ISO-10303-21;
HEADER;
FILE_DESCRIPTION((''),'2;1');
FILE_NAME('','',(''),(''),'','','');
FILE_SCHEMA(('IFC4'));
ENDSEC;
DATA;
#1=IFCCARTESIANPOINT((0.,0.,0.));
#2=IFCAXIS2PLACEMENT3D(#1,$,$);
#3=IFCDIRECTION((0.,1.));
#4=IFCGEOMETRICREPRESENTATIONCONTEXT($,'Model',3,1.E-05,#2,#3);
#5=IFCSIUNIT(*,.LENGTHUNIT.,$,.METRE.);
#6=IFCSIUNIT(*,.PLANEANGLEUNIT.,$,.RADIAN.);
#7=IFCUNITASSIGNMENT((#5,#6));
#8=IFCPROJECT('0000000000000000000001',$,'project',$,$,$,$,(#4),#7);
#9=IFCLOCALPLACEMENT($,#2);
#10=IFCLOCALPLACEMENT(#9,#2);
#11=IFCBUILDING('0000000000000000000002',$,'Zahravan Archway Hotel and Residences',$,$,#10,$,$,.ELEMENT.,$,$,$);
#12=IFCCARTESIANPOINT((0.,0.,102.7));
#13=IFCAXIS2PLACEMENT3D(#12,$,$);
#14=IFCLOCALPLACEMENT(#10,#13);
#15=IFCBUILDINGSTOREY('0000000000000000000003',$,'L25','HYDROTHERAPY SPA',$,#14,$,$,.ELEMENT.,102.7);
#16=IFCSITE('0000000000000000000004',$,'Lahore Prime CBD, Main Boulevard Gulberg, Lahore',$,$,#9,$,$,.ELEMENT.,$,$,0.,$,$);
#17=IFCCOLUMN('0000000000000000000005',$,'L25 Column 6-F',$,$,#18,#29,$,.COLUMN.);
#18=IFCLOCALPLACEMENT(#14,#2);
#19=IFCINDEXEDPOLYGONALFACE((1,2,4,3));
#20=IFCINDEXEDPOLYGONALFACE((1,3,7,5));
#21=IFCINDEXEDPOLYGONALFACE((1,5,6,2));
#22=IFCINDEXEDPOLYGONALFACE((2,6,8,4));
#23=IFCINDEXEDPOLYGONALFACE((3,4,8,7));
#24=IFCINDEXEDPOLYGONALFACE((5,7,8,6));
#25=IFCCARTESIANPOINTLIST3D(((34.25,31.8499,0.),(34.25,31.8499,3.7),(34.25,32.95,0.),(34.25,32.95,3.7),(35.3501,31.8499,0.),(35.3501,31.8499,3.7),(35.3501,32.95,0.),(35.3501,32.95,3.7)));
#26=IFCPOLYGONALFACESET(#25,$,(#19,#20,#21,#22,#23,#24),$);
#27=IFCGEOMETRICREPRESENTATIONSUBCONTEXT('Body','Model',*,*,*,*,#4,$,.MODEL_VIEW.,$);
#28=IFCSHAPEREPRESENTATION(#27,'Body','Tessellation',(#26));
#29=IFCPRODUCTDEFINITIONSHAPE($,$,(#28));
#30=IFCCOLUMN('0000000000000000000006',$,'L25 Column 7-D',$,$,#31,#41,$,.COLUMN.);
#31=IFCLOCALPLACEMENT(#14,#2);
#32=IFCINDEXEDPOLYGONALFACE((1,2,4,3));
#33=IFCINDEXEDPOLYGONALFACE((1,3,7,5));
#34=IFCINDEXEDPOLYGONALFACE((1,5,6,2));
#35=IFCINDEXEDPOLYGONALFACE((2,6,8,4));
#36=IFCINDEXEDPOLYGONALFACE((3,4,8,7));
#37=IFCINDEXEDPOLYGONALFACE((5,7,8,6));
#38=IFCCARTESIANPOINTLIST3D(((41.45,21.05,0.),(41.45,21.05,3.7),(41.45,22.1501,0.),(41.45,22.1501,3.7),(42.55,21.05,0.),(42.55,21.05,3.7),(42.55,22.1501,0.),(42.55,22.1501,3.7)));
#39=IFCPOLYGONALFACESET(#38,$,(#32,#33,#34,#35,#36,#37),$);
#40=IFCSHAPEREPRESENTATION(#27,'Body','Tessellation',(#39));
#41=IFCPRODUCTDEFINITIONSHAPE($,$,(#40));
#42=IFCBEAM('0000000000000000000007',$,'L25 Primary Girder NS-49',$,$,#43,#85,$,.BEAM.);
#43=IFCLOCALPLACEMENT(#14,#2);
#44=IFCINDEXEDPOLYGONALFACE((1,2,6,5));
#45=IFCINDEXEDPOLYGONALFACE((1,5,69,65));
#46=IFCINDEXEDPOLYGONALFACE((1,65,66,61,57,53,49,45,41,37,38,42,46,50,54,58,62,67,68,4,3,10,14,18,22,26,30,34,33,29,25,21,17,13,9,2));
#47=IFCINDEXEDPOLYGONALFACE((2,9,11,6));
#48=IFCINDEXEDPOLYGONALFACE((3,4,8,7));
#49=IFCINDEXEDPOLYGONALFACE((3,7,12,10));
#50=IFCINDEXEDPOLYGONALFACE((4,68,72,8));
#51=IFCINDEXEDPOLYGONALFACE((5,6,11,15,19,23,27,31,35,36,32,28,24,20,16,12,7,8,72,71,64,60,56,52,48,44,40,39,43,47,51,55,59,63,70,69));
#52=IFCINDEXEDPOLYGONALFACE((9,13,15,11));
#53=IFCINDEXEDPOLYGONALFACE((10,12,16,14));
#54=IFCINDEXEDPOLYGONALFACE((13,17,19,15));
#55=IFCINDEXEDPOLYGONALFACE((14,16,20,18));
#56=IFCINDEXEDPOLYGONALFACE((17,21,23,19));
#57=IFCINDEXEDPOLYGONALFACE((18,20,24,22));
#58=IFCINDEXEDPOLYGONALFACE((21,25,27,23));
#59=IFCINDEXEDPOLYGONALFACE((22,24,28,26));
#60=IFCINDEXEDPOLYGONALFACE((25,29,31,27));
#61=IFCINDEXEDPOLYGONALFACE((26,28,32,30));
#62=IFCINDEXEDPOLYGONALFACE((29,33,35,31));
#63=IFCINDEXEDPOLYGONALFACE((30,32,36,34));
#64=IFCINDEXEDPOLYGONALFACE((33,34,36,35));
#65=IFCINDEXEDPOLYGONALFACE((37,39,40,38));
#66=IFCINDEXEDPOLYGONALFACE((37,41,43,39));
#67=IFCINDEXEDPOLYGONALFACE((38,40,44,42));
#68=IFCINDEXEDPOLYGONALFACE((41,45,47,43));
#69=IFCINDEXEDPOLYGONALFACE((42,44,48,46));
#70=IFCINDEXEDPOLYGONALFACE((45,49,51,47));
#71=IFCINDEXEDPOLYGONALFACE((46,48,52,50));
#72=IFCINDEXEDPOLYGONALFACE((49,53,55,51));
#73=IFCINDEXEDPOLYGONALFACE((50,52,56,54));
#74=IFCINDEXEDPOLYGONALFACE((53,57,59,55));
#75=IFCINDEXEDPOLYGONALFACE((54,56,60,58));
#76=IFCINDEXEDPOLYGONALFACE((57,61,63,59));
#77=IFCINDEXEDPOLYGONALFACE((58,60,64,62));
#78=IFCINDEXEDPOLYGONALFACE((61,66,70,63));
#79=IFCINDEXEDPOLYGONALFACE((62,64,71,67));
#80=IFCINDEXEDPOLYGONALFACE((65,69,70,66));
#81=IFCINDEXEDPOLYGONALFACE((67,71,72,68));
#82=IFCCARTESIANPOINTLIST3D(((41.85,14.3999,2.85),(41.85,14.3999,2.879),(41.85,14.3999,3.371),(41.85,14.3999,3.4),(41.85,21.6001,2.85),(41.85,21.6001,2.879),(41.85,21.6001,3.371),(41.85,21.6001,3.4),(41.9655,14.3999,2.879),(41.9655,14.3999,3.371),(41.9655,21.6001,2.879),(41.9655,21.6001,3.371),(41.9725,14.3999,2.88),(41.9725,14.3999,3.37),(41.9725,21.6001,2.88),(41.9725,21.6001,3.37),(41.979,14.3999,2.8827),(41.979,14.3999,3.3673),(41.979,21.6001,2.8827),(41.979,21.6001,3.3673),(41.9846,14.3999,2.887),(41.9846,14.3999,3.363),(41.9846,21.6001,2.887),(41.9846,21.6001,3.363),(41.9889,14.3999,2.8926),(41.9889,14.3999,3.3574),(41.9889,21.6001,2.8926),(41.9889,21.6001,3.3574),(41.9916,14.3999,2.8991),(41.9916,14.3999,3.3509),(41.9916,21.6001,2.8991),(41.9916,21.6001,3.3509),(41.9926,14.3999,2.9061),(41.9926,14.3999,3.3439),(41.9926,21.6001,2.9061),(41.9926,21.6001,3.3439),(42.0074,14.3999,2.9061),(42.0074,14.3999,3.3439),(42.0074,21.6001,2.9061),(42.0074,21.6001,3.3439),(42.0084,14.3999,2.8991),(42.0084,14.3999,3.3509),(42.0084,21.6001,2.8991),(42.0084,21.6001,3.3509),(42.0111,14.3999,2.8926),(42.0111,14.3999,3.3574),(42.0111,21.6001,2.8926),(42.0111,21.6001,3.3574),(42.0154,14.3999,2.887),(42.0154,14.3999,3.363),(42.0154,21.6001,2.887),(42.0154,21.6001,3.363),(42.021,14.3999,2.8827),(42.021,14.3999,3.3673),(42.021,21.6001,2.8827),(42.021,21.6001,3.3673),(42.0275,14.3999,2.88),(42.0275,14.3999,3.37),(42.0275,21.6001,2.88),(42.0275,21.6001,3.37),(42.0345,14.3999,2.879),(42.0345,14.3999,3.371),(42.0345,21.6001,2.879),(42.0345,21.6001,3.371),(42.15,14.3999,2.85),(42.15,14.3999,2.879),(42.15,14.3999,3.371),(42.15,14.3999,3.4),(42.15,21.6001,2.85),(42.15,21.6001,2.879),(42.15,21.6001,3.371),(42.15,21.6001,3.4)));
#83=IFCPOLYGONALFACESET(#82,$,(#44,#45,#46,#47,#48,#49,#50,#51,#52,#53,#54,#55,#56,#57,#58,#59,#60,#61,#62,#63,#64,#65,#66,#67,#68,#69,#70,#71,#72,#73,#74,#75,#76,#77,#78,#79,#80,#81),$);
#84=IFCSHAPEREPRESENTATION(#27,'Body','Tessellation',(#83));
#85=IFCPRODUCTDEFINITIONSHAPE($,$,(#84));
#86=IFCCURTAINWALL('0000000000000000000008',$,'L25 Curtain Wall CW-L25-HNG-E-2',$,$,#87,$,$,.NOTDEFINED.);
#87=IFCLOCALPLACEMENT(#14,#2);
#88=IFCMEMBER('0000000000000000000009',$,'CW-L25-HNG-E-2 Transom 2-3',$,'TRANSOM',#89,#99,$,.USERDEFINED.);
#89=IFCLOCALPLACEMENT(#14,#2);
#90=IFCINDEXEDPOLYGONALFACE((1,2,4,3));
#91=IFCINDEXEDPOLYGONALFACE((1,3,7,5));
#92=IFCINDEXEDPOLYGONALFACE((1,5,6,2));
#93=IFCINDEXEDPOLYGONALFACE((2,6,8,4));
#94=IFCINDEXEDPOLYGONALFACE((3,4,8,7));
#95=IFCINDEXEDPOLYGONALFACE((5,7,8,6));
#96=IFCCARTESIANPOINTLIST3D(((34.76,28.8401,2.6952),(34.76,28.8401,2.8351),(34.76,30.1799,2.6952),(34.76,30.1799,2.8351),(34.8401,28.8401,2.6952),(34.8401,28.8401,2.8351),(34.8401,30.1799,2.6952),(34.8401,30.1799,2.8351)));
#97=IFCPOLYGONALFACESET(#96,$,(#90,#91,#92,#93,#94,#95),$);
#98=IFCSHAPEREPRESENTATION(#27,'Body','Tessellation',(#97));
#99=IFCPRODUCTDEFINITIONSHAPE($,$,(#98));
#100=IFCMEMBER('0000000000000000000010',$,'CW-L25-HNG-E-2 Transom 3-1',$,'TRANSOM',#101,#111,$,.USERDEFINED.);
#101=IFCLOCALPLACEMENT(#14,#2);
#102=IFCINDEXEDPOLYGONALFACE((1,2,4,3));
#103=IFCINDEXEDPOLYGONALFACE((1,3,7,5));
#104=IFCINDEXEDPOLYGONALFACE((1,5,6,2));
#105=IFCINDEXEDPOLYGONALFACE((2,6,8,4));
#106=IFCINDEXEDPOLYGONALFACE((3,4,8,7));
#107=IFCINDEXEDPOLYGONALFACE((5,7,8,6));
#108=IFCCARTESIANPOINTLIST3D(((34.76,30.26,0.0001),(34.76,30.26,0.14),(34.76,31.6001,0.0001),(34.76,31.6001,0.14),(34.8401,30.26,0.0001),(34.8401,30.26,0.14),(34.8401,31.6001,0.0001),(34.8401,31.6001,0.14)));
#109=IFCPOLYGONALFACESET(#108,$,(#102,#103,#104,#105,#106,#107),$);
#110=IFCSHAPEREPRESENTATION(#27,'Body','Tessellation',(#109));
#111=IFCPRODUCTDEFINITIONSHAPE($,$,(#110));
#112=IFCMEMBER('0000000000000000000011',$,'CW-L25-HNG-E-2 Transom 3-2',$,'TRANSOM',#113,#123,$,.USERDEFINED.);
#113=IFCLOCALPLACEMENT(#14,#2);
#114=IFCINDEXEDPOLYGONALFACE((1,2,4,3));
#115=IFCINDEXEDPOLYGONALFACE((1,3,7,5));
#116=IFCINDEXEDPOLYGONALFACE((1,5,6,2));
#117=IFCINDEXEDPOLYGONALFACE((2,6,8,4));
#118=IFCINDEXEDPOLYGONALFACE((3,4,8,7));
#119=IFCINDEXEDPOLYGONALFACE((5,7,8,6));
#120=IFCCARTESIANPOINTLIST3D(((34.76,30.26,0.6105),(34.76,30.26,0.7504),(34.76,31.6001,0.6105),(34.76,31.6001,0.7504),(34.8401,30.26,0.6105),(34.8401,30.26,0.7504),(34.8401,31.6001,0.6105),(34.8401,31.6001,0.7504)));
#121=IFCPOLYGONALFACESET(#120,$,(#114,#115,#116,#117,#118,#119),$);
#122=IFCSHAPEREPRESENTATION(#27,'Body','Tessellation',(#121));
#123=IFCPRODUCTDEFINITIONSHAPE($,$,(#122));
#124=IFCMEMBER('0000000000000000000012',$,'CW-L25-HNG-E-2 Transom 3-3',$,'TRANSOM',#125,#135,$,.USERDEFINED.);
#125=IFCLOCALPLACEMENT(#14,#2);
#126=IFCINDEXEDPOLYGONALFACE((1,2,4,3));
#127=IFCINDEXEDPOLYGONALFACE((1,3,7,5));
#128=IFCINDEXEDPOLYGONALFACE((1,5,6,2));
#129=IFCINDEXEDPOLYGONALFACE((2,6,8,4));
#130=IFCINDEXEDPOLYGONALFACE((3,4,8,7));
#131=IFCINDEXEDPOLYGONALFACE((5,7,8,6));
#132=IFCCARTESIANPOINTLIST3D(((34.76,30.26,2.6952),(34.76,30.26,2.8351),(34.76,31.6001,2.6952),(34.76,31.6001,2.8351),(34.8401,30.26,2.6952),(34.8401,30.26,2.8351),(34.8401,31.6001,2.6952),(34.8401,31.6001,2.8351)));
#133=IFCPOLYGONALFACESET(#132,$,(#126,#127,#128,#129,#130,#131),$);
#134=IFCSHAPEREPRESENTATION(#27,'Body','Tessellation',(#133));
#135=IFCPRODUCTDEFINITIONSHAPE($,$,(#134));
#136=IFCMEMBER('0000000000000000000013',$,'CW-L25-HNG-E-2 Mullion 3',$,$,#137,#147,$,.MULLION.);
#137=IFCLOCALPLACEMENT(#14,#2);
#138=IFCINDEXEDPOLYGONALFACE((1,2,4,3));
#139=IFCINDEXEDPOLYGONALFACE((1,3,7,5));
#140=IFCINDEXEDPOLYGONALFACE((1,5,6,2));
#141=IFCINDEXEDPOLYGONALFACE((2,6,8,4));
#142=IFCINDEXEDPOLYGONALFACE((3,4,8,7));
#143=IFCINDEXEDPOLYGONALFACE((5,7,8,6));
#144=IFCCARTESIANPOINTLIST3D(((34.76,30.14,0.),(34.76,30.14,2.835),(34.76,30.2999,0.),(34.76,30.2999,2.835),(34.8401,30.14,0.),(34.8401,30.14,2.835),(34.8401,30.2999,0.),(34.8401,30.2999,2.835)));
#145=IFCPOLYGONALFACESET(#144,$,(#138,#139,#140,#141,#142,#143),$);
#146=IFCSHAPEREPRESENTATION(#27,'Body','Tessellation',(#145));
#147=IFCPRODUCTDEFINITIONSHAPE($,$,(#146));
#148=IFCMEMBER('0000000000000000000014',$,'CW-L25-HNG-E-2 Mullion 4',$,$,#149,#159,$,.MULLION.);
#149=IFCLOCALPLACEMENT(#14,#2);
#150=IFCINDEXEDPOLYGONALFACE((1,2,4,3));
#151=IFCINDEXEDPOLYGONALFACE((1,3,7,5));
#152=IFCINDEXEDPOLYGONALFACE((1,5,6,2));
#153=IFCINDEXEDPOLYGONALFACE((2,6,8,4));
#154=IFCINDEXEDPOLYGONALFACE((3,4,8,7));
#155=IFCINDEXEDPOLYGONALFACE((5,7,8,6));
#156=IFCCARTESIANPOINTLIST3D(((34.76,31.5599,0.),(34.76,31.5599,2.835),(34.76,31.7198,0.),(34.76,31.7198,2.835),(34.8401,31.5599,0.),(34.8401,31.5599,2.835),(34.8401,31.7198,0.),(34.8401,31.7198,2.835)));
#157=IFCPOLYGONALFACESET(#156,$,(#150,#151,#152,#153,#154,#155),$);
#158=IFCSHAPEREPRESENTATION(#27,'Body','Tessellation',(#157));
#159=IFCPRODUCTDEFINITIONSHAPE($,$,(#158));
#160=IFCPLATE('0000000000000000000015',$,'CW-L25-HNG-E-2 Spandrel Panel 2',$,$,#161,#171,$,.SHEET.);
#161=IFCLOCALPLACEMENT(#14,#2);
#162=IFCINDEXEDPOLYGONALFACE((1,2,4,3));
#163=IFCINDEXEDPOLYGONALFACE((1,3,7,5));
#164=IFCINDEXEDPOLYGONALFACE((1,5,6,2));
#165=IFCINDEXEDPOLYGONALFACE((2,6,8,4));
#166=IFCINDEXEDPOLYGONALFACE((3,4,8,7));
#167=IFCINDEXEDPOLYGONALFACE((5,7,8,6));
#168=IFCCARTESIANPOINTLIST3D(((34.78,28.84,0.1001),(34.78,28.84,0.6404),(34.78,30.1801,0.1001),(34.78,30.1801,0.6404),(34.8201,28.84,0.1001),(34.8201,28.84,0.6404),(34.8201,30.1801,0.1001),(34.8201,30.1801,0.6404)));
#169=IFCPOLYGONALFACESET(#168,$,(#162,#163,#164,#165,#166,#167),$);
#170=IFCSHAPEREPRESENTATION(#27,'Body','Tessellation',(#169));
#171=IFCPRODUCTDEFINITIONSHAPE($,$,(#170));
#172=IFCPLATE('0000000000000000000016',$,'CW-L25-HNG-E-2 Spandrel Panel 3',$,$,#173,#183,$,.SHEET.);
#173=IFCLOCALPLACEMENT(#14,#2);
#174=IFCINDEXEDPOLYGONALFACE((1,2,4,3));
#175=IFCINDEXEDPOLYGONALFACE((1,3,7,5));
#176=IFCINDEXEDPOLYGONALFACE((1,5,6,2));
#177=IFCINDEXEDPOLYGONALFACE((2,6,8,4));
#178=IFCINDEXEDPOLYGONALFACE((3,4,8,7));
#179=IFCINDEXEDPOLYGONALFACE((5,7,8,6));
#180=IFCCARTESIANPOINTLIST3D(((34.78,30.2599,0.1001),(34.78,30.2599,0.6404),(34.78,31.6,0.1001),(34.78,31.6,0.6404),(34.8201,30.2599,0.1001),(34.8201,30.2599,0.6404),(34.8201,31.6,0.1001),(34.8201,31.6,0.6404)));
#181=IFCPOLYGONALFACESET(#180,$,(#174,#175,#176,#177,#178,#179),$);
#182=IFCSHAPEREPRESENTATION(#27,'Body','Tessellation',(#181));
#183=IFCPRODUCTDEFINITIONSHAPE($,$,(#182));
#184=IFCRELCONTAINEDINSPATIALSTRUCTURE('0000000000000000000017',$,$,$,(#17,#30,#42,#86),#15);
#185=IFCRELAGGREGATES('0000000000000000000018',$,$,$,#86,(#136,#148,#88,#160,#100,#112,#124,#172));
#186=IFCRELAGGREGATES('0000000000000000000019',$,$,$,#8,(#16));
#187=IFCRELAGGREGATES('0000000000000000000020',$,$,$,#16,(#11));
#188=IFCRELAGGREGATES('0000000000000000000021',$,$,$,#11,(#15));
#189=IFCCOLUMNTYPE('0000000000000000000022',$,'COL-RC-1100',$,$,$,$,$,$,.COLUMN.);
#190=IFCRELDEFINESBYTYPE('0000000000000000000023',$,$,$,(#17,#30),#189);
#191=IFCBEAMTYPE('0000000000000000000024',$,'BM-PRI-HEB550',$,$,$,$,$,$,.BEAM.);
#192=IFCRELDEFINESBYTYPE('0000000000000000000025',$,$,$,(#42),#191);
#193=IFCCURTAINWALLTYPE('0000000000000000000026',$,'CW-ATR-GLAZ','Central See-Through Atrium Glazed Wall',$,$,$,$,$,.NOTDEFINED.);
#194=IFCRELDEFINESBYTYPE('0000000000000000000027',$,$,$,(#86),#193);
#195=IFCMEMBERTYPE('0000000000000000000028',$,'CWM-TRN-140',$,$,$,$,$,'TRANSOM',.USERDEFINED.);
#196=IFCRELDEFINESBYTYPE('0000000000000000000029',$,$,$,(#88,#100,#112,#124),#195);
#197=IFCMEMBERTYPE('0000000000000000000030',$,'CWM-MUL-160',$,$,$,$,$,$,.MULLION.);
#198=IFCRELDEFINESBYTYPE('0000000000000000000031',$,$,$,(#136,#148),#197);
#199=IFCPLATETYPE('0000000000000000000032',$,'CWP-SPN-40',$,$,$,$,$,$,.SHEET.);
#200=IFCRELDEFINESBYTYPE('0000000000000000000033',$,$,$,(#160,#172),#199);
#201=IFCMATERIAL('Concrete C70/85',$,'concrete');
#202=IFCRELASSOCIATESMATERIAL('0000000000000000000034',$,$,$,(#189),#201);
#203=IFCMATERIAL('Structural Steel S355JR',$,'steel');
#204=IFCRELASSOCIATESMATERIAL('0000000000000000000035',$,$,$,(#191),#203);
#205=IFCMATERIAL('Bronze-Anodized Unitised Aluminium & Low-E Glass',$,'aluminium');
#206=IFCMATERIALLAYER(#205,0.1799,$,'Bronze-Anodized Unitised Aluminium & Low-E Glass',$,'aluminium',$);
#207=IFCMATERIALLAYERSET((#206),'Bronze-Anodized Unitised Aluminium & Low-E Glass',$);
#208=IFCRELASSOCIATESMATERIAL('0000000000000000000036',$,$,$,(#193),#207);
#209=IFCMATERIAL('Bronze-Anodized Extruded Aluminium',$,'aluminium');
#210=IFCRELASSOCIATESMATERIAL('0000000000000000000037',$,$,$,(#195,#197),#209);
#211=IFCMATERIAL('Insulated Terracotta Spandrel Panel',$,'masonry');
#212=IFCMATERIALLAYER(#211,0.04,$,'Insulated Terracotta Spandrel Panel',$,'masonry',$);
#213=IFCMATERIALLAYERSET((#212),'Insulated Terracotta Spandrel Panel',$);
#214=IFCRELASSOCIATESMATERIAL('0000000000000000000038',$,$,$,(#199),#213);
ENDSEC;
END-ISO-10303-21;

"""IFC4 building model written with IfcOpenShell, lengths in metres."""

from ifc_helpers import new_model, si_unit, direction, frame, origin, origin_2d, place, context, subcontext, project, spatial, rectangle, i_section, extrude, source, transform, mapped, material, layer, layer_set, material_profile, profile_set, type_object, type_shapes, element, aggregate, save


model = new_model("IFC4")

# Units and contexts
model_context = context("Model", 3, precision=1e-05, world=origin(), true_north=direction((0.0, 1.0)))
body_context = subcontext(model_context, "Body", "Model", "MODEL_VIEW")
ifc_project = project(units=[si_unit("LENGTHUNIT", "METRE"), si_unit("PLANEANGLEUNIT", "RADIAN")], contexts=[model_context])

# Site, building, storey
site_placement = place(None, origin())
site = spatial("IfcSite", under=ifc_project, at=site_placement, Name="Lahore Prime CBD, Main Boulevard Gulberg, Lahore", CompositionType="ELEMENT", RefElevation=0.0)
building_placement = place(site_placement, origin())
building = spatial("IfcBuilding", under=site, at=building_placement, Name="Zahravan Archway Hotel and Residences", CompositionType="ELEMENT")
storey_placement = place(building_placement, frame((0.0, 0.0, 102.7)))
storey = spatial("IfcBuildingStorey", under=building, at=storey_placement, Name="L25", Description="HYDROTHERAPY SPA", CompositionType="ELEMENT", Elevation=102.7)

# Columns
ifc_material_1 = material(Name="Concrete C70/85", Category="concrete")
ifc_material_profile_1 = material_profile(ifc_material_1, rectangle(XDim=1.1001, YDim=1.1001, at=origin_2d()), Name="RC 1100x1100", Category="concrete")
ifc_profile_set_1 = profile_set([ifc_material_profile_1], Name="Concrete C70/85")
column_type = type_object("IfcColumnType", Name="COL-RC-1100", PredefinedType="COLUMN", material=ifc_profile_set_1)
shared_shape_1 = source(origin(), body_context, "Body", "SweptSolid", [
    extrude(rectangle(XDim=1.1001, YDim=1.1001, at=origin_2d()), origin(), (0.0, 0.0, 1.0), 3.7),
])
for number, where, z_axis, x_axis, name in (
    (1, (34.8, 32.3999, 0.0), (0.0, 0.0, 1.0), (1.0, 0.0, 0.0), "L25 Column 6-F"),
    (2, (42.0, 21.6001, 0.0), (0.0, 0.0, 1.0), (1.0, 0.0, 0.0), "L25 Column 7-D"),
):
    element("IfcColumn", number, at=place(storey_placement, frame(where, z_axis=z_axis, x_axis=x_axis)), inside=storey, type_object=column_type, Name=name, PredefinedType="COLUMN", context=body_context, shape_type="MappedRepresentation", body=[
        mapped(shared_shape_1, transform((0.0, 0.0, 0.0), scale=1.0)),
    ])

# Beam
ifc_material_2 = material(Name="Structural Steel S355JR", Category="steel")
ifc_material_profile_2 = material_profile(ifc_material_2, i_section(OverallWidth=0.3, OverallDepth=0.55, WebThickness=0.0149, FlangeThickness=0.0291, FilletRadius=0.0271, at=origin_2d()), Name="HEB 550", Category="steel")
ifc_profile_set_2 = profile_set([ifc_material_profile_2], Name="Structural Steel S355JR")
beam_type = type_object("IfcBeamType", Name="BM-PRI-HEB550", PredefinedType="BEAM", material=ifc_profile_set_2)
shared_shape_2 = source(origin(), body_context, "Body", "SweptSolid", [
    extrude(i_section(OverallWidth=0.3, OverallDepth=0.55, WebThickness=0.0149, FlangeThickness=0.0291, FilletRadius=0.0271, at=origin_2d()), origin(), (0.0, 0.0, 1.0), 7.2002),
])
type_shapes(beam_type, [shared_shape_2])
beam_placement = place(storey_placement, frame((42.0, 14.3999, 3.125), z_axis=(0.0, 1.0, 0.0), x_axis=(-1.0, 0.0, 0.0)))
element("IfcBeam", 3, at=beam_placement, inside=storey, type_object=beam_type, Name="L25 Primary Girder NS-49", PredefinedType="BEAM", context=body_context, shape_type="MappedRepresentation", body=[
    mapped(shared_shape_2, transform((0.0, 0.0, 0.0), scale=1.0)),
])

# Curtain wall, members, plates
ifc_material_3 = material(Name="Bronze-Anodized Unitised Aluminium & Low-E Glass", Category="aluminium")
ifc_layer_1 = layer(ifc_material_3, 0.1799, Name="Bronze-Anodized Unitised Aluminium & Low-E Glass", Category="aluminium")
ifc_layer_set_1 = layer_set([ifc_layer_1], Name="Bronze-Anodized Unitised Aluminium & Low-E Glass")
curtain_wall_type = type_object("IfcCurtainWallType", Name="CW-ATR-GLAZ", Description="Central See-Through Atrium Glazed Wall", PredefinedType="NOTDEFINED", material=ifc_layer_set_1)
curtain_wall_placement = place(storey_placement, origin())
curtain_wall = element("IfcCurtainWall", 4, at=curtain_wall_placement, inside=storey, type_object=curtain_wall_type, Name="L25 Curtain Wall CW-L25-HNG-E-2", PredefinedType="NOTDEFINED")
ifc_material_4 = material(Name="Bronze-Anodized Extruded Aluminium", Category="aluminium")
ifc_material_profile_3 = material_profile(ifc_material_4, rectangle(XDim=0.0801, YDim=0.1399, at=origin_2d()), Name="TRN 80x140", Category="aluminium")
ifc_profile_set_3 = profile_set([ifc_material_profile_3], Name="Bronze-Anodized Extruded Aluminium")
member_type_1 = type_object("IfcMemberType", Name="CWM-TRN-140", ElementType="TRANSOM", PredefinedType="USERDEFINED", material=ifc_profile_set_3)
shared_shape_3 = source(origin(), body_context, "Body", "SweptSolid", [
    extrude(rectangle(XDim=0.0801, YDim=0.1399, at=origin_2d()), origin(), (0.0, 0.0, 1.0), 1.3398),
])
member_1_placement = place(storey_placement, frame((34.8, 28.8401, 2.7651), z_axis=(0.0, 1.0, 0.0), x_axis=(-1.0, 0.0, 0.0)))
member_1 = element("IfcMember", 5, at=member_1_placement, type_object=member_type_1, Name="CW-L25-HNG-E-2 Transom 2-3", ObjectType="TRANSOM", PredefinedType="USERDEFINED", context=body_context, shape_type="MappedRepresentation", body=[
    mapped(shared_shape_3, transform((0.0, 0.0, 0.0), scale=1.0)),
])
shared_shape_4 = source(origin(), body_context, "Body", "SweptSolid", [
    extrude(rectangle(XDim=0.0801, YDim=0.1399, at=origin_2d()), origin(), (0.0, 0.0, 1.0), 1.3401),
])
member_2_placement = place(storey_placement, frame((34.8, 30.26, 0.0701), z_axis=(0.0, 1.0, 0.0), x_axis=(-1.0, 0.0, 0.0)))
member_2 = element("IfcMember", 6, at=member_2_placement, type_object=member_type_1, Name="CW-L25-HNG-E-2 Transom 3-1", ObjectType="TRANSOM", PredefinedType="USERDEFINED", context=body_context, shape_type="MappedRepresentation", body=[
    mapped(shared_shape_4, transform((0.0, 0.0, 0.0), scale=1.0)),
])
member_3_placement = place(storey_placement, frame((34.8, 30.26, 0.6804), z_axis=(0.0, 1.0, 0.0), x_axis=(-1.0, 0.0, 0.0)))
member_3 = element("IfcMember", 7, at=member_3_placement, type_object=member_type_1, Name="CW-L25-HNG-E-2 Transom 3-2", ObjectType="TRANSOM", PredefinedType="USERDEFINED", context=body_context, shape_type="MappedRepresentation", body=[
    mapped(shared_shape_4, transform((0.0, 0.0, 0.0), scale=1.0)),
])
member_4_placement = place(storey_placement, frame((34.8, 30.26, 2.7651), z_axis=(0.0, 1.0, 0.0), x_axis=(-1.0, 0.0, 0.0)))
member_4 = element("IfcMember", 8, at=member_4_placement, type_object=member_type_1, Name="CW-L25-HNG-E-2 Transom 3-3", ObjectType="TRANSOM", PredefinedType="USERDEFINED", context=body_context, shape_type="MappedRepresentation", body=[
    mapped(shared_shape_4, transform((0.0, 0.0, 0.0), scale=1.0)),
])
ifc_material_profile_4 = material_profile(ifc_material_4, rectangle(XDim=0.0801, YDim=0.1599, at=origin_2d()), Name="MUL 80x160", Category="aluminium")
ifc_profile_set_4 = profile_set([ifc_material_profile_4], Name="Bronze-Anodized Extruded Aluminium")
member_type_2 = type_object("IfcMemberType", Name="CWM-MUL-160", PredefinedType="MULLION", material=ifc_profile_set_4)
shared_shape_5 = source(origin(), body_context, "Body", "SweptSolid", [
    extrude(rectangle(XDim=0.0801, YDim=0.1599, at=origin_2d()), origin(), (0.0, 0.0, 1.0), 2.835),
])
member_5_placement = place(storey_placement, frame((34.8, 30.22, 0.0), z_axis=(0.0, 0.0, 1.0), x_axis=(1.0, 0.0, 0.0)))
member_5 = element("IfcMember", 9, at=member_5_placement, type_object=member_type_2, Name="CW-L25-HNG-E-2 Mullion 3", PredefinedType="MULLION", context=body_context, shape_type="MappedRepresentation", body=[
    mapped(shared_shape_5, transform((0.0, 0.0, 0.0), scale=1.0)),
])
member_6_placement = place(storey_placement, frame((34.8, 31.6399, 0.0), z_axis=(0.0, 0.0, 1.0), x_axis=(1.0, 0.0, 0.0)))
member_6 = element("IfcMember", 10, at=member_6_placement, type_object=member_type_2, Name="CW-L25-HNG-E-2 Mullion 4", PredefinedType="MULLION", context=body_context, shape_type="MappedRepresentation", body=[
    mapped(shared_shape_5, transform((0.0, 0.0, 0.0), scale=1.0)),
])
ifc_material_5 = material(Name="Insulated Terracotta Spandrel Panel", Category="masonry")
ifc_layer_2 = layer(ifc_material_5, 0.04, Name="Insulated Terracotta Spandrel Panel", Category="masonry")
ifc_layer_set_2 = layer_set([ifc_layer_2], Name="Insulated Terracotta Spandrel Panel")
plate_type_1 = type_object("IfcPlateType", Name="CWP-SPN-40", PredefinedType="SHEET", material=ifc_layer_set_2)
shared_shape_6 = source(origin(), body_context, "Body", "SweptSolid", [
    extrude(rectangle(XDim=1.3401, YDim=0.04, at=origin_2d()), origin(), (0.0, 0.0, 1.0), 0.5403),
])
plate_1_placement = place(storey_placement, frame((34.8, 29.51, 0.1001), z_axis=(0.0, 0.0, 1.0), x_axis=(0.0, 1.0, 0.0)))
plate_1 = element("IfcPlate", 11, at=plate_1_placement, type_object=plate_type_1, Name="CW-L25-HNG-E-2 Spandrel Panel 2", PredefinedType="SHEET", context=body_context, shape_type="MappedRepresentation", body=[
    mapped(shared_shape_6, transform((0.0, 0.0, 0.0), scale=1.0)),
])
plate_2_placement = place(storey_placement, frame((34.8, 30.9299, 0.1001), z_axis=(0.0, 0.0, 1.0), x_axis=(0.0, 1.0, 0.0)))
plate_2 = element("IfcPlate", 12, at=plate_2_placement, type_object=plate_type_1, Name="CW-L25-HNG-E-2 Spandrel Panel 3", PredefinedType="SHEET", context=body_context, shape_type="MappedRepresentation", body=[
    mapped(shared_shape_6, transform((0.0, 0.0, 0.0), scale=1.0)),
])
aggregate(curtain_wall, [member_5, member_6, member_1, plate_1, member_2, member_3, member_4, plate_2])

save(model, "model.ifc")
